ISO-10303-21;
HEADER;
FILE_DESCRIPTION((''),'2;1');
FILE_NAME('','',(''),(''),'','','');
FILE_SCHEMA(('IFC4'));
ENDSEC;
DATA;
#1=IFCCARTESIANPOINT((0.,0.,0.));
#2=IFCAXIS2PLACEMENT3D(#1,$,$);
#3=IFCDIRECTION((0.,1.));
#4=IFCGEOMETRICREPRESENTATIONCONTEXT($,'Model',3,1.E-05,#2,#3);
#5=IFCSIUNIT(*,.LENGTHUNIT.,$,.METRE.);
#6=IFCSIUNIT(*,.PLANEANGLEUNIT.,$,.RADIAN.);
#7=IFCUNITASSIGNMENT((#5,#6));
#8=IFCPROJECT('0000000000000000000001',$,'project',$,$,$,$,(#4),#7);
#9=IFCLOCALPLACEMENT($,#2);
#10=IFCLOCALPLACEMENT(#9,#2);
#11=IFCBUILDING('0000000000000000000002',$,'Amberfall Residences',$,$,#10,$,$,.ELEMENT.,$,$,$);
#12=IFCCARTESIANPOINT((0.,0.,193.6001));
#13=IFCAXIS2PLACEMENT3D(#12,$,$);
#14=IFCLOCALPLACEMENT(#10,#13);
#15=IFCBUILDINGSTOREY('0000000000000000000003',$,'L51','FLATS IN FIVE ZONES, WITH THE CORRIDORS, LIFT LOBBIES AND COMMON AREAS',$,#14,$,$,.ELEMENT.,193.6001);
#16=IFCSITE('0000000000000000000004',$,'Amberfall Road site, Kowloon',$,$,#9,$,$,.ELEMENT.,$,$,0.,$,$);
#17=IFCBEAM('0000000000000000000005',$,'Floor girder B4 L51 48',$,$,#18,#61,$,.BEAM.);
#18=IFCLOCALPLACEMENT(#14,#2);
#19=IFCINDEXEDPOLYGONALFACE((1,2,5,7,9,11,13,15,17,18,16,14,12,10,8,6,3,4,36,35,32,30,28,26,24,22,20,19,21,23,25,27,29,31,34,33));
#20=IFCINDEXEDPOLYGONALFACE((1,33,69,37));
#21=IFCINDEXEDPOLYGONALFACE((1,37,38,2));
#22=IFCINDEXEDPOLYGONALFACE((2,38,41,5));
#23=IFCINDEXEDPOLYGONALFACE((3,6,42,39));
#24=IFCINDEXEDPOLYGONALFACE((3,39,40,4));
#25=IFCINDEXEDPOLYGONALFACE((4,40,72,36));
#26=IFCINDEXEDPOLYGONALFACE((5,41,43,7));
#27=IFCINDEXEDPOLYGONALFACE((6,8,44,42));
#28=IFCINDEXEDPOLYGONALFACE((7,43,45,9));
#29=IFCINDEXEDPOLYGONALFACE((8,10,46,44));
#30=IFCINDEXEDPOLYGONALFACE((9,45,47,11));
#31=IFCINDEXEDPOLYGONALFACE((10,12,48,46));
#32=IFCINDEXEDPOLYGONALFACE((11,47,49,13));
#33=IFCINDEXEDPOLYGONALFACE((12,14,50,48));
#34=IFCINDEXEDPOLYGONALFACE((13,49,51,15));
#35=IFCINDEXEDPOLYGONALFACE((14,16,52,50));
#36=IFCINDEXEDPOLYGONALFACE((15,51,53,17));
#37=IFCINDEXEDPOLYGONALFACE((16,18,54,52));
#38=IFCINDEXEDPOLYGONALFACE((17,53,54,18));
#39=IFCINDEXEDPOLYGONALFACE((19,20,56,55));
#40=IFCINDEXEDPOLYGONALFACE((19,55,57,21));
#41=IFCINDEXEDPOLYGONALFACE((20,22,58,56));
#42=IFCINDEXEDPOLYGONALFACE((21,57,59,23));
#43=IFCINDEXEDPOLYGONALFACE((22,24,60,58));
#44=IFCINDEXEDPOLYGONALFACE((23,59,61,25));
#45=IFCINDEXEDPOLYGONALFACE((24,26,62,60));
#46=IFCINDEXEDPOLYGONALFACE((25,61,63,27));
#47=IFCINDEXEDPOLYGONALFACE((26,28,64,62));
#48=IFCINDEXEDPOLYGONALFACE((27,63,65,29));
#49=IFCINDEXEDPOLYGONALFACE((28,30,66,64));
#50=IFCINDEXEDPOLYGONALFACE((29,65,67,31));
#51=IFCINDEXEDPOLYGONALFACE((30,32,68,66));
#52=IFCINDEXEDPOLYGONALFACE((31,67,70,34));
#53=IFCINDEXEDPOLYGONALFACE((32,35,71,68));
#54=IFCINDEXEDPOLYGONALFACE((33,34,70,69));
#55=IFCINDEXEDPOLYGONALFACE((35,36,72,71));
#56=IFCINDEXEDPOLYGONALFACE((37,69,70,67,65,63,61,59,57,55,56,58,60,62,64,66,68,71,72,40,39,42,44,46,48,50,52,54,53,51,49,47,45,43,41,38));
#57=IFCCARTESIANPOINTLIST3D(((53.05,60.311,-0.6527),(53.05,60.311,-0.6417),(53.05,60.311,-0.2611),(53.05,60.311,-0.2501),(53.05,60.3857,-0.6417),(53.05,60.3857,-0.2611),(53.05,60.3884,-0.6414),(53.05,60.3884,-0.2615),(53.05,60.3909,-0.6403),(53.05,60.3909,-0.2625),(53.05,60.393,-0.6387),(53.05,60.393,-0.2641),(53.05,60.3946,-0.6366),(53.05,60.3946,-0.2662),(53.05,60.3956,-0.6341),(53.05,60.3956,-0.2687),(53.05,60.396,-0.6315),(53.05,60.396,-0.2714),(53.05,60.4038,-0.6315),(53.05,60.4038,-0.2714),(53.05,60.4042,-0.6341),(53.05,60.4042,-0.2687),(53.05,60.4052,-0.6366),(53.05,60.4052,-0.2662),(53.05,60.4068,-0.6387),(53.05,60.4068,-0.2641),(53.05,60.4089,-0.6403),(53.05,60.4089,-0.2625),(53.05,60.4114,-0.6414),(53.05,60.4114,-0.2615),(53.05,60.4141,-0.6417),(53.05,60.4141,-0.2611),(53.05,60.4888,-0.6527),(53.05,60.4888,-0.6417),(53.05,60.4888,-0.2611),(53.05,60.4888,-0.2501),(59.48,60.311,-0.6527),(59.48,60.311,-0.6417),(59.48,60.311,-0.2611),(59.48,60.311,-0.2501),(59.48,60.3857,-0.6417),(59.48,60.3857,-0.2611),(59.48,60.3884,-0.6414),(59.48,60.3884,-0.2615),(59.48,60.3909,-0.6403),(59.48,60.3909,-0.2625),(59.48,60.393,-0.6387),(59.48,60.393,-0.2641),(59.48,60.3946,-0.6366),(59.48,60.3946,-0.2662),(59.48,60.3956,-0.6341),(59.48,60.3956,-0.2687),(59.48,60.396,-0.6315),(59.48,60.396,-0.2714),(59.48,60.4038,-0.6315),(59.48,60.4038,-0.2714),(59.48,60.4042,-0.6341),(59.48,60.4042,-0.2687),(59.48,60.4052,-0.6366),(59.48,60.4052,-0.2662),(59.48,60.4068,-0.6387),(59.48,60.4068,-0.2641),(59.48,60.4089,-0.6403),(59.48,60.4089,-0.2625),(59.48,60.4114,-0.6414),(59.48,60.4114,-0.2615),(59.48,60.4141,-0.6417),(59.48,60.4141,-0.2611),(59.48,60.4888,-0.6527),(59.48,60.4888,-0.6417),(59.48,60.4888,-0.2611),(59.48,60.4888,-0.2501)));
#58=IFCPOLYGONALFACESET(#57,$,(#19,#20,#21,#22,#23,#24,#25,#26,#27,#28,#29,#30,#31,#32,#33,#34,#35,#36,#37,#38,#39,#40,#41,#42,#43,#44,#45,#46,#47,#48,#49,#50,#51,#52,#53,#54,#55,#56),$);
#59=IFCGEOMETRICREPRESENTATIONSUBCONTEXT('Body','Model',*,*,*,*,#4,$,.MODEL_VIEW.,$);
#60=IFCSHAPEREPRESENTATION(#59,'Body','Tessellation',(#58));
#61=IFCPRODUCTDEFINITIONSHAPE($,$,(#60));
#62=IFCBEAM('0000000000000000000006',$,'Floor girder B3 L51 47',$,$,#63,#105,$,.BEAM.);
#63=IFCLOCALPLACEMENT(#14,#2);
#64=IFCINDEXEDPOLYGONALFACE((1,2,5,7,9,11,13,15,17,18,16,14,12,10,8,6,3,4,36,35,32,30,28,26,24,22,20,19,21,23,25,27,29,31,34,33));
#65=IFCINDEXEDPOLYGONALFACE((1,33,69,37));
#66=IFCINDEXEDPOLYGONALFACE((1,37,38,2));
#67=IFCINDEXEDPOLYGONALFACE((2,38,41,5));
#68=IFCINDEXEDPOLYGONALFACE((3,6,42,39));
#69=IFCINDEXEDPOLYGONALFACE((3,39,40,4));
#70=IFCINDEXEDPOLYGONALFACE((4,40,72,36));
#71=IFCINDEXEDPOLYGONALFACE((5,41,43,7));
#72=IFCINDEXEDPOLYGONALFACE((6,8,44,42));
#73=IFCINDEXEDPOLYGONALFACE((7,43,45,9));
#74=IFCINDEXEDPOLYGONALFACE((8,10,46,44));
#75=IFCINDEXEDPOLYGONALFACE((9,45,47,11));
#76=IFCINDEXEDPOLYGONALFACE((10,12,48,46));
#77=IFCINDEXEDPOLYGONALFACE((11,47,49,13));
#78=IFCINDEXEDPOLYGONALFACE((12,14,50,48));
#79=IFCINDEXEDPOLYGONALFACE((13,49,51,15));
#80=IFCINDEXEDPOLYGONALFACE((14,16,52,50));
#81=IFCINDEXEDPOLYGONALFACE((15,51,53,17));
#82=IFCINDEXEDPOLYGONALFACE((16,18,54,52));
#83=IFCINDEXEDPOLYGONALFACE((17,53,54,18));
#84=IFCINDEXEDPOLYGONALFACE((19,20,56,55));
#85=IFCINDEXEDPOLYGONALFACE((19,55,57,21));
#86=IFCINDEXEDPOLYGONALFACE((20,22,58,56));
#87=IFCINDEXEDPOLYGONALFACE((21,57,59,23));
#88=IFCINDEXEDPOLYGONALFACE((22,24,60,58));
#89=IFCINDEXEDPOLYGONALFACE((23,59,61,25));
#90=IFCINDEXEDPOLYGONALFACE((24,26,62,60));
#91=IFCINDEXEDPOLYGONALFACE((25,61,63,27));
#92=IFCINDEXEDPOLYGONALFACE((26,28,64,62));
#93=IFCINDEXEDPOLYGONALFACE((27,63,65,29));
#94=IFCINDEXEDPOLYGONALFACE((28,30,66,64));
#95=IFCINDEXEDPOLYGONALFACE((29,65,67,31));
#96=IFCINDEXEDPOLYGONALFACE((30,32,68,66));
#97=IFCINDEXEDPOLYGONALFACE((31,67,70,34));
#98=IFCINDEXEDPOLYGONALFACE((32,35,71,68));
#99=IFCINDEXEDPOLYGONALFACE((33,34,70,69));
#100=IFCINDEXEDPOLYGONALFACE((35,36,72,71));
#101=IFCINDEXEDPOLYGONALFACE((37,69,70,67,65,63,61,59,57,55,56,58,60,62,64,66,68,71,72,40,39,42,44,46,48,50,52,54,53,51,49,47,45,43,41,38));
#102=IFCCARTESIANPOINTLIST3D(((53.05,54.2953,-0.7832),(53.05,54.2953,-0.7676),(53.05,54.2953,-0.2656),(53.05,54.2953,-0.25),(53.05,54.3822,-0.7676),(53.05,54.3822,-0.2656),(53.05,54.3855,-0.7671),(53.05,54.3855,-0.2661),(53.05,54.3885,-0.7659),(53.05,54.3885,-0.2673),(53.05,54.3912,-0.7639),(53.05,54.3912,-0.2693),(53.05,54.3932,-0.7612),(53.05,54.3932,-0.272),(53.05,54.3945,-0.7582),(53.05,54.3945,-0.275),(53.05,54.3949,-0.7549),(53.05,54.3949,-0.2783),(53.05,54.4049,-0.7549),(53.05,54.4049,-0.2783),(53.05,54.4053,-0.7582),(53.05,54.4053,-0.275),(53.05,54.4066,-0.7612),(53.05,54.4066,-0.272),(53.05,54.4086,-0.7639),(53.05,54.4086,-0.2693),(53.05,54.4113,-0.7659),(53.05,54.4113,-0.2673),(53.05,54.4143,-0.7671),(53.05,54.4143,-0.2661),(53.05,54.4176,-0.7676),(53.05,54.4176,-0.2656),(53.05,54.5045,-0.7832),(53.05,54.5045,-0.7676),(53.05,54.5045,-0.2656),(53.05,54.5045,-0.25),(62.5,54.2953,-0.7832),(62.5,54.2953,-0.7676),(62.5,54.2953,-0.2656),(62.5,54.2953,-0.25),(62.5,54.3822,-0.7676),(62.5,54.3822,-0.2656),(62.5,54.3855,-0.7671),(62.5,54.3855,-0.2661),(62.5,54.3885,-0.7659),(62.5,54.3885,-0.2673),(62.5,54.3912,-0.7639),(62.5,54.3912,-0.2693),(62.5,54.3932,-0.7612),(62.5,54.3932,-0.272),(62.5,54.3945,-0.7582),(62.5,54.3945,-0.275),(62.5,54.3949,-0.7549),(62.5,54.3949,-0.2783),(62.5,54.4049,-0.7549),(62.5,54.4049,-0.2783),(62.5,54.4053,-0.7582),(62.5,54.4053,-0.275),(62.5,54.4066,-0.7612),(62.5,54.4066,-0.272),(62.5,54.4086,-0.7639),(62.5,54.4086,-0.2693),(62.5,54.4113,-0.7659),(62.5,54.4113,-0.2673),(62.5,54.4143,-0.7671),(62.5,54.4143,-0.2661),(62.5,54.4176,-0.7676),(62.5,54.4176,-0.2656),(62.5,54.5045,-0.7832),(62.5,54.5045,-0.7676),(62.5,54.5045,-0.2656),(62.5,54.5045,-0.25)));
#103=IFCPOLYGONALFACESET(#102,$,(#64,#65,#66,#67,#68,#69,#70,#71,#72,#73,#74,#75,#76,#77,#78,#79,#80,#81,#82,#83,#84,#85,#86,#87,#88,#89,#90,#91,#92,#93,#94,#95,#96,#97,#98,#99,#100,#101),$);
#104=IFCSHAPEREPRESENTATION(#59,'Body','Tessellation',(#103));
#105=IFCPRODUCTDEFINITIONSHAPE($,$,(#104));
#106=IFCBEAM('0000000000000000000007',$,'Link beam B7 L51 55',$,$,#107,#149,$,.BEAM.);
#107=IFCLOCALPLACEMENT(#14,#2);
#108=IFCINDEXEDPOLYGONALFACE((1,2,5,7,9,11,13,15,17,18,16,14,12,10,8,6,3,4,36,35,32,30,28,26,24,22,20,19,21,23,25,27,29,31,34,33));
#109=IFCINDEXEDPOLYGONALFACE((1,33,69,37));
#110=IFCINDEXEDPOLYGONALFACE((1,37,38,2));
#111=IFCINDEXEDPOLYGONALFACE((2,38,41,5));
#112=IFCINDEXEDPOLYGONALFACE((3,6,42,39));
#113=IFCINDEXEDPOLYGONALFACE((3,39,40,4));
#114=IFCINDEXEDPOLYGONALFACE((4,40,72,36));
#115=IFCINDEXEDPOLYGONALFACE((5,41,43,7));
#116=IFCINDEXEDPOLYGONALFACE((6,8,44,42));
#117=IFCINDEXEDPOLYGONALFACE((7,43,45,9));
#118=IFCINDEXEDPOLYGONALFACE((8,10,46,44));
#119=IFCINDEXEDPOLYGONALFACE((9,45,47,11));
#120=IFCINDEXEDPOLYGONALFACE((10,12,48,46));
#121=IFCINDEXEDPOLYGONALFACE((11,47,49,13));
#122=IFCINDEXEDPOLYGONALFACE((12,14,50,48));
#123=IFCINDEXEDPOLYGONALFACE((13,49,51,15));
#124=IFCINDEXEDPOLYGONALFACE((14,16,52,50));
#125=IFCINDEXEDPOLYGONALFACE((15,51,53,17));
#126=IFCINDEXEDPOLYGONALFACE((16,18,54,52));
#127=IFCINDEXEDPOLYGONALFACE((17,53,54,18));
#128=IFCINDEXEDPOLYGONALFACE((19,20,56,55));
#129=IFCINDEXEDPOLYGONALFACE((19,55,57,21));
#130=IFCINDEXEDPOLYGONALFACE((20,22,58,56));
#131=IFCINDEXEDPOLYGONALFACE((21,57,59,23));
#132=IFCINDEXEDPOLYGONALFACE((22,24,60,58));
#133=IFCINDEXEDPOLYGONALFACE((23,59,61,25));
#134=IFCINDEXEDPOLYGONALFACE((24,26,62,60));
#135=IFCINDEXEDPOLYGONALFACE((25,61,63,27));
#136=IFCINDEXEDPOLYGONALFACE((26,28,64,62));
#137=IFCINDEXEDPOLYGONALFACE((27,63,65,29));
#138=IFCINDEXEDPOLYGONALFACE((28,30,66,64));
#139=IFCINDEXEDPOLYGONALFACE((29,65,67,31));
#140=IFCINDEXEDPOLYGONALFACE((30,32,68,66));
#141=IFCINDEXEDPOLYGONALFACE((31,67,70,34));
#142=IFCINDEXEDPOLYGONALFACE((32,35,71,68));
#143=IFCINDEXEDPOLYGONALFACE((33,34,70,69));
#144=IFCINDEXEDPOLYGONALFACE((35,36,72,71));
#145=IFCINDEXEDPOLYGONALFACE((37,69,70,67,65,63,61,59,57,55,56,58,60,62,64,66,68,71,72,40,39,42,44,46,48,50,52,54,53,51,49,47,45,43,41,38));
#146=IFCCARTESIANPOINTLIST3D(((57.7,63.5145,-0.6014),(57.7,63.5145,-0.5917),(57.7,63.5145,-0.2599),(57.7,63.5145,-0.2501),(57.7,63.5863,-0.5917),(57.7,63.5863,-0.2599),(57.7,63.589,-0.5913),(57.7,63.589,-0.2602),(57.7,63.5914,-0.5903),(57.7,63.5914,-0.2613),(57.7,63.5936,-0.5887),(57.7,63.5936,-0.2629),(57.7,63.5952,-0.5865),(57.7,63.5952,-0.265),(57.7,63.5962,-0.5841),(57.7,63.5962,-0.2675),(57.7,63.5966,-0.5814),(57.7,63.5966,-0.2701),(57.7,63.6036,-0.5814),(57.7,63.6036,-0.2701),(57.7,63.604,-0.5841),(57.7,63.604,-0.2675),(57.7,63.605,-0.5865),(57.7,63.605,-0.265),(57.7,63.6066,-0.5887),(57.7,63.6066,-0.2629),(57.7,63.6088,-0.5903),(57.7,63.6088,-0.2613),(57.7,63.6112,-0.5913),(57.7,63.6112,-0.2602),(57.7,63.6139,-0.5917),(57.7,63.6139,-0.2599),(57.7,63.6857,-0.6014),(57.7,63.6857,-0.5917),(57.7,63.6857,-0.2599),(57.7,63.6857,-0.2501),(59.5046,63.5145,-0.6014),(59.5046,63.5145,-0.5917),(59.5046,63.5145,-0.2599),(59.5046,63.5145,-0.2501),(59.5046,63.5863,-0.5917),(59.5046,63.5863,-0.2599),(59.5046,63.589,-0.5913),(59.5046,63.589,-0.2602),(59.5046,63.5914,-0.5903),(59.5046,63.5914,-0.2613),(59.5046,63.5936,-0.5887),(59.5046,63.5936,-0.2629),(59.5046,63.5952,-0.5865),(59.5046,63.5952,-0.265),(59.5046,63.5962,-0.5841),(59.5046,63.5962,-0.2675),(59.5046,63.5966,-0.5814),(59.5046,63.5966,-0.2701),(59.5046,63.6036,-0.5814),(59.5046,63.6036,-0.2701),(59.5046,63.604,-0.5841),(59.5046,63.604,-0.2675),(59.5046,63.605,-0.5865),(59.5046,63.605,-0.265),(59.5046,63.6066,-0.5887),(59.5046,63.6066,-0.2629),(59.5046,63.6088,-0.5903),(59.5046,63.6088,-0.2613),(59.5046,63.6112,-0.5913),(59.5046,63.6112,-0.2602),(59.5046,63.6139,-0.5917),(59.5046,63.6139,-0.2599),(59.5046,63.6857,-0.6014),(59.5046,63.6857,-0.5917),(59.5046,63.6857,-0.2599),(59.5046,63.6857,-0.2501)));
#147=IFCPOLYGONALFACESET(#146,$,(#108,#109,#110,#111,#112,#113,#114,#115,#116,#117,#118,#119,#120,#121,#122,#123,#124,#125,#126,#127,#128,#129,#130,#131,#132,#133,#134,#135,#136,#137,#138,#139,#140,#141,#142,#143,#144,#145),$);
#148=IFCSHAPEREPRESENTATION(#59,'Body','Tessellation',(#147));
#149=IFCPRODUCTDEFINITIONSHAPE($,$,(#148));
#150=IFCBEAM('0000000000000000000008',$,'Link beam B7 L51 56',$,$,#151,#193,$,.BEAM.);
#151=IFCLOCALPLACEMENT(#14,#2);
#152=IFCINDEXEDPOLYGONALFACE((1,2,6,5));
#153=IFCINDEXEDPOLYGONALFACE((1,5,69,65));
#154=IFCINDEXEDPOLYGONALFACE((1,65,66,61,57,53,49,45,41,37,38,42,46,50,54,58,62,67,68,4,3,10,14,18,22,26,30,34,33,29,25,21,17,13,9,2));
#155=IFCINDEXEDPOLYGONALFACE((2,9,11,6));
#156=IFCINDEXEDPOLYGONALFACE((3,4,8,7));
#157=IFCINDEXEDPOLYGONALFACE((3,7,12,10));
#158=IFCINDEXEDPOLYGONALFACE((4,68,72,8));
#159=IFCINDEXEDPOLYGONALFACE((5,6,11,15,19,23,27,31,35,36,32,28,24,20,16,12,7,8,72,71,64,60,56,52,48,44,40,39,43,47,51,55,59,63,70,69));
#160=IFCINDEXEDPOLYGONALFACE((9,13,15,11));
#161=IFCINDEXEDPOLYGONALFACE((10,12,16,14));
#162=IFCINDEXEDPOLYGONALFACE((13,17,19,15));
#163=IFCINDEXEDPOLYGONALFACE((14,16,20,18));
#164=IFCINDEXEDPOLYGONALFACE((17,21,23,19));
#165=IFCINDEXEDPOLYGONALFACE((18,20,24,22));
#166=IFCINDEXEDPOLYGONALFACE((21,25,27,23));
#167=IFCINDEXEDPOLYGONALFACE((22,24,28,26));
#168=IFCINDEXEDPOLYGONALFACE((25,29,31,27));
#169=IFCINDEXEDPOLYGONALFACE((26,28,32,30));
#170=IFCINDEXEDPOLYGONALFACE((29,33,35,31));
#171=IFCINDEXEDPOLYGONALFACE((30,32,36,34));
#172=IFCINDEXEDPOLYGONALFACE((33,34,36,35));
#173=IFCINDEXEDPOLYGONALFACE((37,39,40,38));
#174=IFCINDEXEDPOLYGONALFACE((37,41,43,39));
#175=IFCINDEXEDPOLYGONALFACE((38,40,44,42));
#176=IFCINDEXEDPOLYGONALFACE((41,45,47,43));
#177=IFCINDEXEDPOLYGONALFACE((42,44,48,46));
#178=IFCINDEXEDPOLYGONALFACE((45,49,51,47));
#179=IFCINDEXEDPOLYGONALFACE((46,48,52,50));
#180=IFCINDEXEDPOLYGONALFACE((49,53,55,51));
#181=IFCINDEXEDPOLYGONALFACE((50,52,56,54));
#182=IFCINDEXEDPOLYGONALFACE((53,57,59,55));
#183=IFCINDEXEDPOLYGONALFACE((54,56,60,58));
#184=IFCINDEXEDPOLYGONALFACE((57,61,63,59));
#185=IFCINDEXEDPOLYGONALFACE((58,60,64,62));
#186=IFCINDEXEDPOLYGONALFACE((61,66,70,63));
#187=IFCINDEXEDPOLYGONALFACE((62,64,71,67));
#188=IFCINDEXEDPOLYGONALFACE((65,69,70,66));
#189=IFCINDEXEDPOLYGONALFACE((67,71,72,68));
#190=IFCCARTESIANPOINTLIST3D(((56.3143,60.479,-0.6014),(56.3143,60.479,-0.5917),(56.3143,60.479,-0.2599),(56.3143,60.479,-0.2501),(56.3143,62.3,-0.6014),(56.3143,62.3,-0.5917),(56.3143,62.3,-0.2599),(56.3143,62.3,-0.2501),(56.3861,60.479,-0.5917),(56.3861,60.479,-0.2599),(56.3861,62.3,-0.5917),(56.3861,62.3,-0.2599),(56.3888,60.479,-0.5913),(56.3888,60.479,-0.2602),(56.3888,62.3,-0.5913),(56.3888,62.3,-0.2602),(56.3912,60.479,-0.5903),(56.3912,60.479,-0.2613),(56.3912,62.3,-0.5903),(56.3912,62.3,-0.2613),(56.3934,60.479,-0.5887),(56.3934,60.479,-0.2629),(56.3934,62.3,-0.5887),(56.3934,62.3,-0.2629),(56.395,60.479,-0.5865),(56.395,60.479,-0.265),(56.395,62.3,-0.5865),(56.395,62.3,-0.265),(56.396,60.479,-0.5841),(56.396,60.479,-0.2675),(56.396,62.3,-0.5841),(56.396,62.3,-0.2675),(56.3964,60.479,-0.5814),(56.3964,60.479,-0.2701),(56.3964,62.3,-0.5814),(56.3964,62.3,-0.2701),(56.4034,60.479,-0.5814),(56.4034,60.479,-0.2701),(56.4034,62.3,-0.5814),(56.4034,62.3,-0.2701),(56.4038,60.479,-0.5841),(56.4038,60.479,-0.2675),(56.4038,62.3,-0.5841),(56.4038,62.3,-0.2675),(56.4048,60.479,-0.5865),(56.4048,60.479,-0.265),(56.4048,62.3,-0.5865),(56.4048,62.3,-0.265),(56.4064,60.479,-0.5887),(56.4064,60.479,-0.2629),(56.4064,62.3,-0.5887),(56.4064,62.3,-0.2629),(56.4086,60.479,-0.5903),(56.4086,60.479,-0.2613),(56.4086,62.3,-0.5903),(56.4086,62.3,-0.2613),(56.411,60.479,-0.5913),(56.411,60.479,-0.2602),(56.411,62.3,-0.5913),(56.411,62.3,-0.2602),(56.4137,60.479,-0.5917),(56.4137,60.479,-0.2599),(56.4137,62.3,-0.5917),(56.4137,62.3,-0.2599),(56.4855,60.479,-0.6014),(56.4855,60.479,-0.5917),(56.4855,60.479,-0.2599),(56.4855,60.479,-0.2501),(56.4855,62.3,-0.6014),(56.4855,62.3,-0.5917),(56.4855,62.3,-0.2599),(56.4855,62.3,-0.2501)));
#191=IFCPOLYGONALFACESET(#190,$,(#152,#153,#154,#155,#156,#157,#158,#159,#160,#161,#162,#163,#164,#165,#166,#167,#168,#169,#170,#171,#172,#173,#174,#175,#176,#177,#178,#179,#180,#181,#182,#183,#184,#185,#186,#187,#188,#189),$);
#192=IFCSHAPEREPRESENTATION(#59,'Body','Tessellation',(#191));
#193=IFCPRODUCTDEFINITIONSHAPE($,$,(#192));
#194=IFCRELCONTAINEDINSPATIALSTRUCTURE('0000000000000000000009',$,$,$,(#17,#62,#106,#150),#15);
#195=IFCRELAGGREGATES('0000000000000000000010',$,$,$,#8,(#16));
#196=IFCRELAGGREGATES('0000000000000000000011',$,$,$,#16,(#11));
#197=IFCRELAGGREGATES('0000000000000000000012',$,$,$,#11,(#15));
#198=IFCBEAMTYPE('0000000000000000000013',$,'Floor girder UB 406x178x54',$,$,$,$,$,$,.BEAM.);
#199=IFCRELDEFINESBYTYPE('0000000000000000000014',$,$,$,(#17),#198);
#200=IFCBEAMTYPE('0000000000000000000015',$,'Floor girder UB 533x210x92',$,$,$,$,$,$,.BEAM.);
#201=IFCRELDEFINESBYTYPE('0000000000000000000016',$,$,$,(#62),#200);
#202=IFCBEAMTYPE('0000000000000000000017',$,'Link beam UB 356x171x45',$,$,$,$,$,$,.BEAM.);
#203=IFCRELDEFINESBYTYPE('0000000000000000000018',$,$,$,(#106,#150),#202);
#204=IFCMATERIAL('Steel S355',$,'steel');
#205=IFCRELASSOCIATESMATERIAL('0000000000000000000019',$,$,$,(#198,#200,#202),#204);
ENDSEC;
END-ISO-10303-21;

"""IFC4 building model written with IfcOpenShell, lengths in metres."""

from ifc_helpers import new_model, si_unit, direction, frame, origin, origin_2d, place, context, subcontext, project, spatial, i_section, extrude, material, material_profile, profile_set, type_object, element, save


model = new_model("IFC4")

# Units and contexts
model_context = context("Model", 3, precision=1e-05, world=origin(), true_north=direction((0.0, 1.0)))
body_context = subcontext(model_context, "Body", "Model", "MODEL_VIEW")
ifc_project = project(units=[si_unit("LENGTHUNIT", "METRE"), si_unit("PLANEANGLEUNIT", "RADIAN")], contexts=[model_context])

# Site, building, storey
site_placement = place(None, origin())
site = spatial("IfcSite", under=ifc_project, at=site_placement, Name="Amberfall Road site, Kowloon", CompositionType="ELEMENT", RefElevation=0.0)
building_placement = place(site_placement, origin())
building = spatial("IfcBuilding", under=site, at=building_placement, Name="Amberfall Residences", CompositionType="ELEMENT")
storey_placement = place(building_placement, frame((0.0, 0.0, 193.6001)))
storey = spatial("IfcBuildingStorey", under=building, at=storey_placement, Name="L51", Description="FLATS IN FIVE ZONES, WITH THE CORRIDORS, LIFT LOBBIES AND COMMON AREAS", CompositionType="ELEMENT", Elevation=193.6001)

# Shared definitions
ifc_material_1 = material(Name="Steel S355", Category="steel")

# Beams
ifc_material_profile_1 = material_profile(ifc_material_1, i_section(OverallWidth=0.1777, OverallDepth=0.4026, WebThickness=0.0078, FlangeThickness=0.011, FilletRadius=0.0103, at=origin_2d()), Name="UB 406x178x54")
ifc_profile_set_1 = profile_set([ifc_material_profile_1], Name="Steel S355")
beam_type_1 = type_object("IfcBeamType", Name="Floor girder UB 406x178x54", PredefinedType="BEAM", material=ifc_profile_set_1)
beam_1_placement = place(storey_placement, frame((53.05, 60.3999, -0.4514), z_axis=(1.0, 0.0, 0.0), x_axis=(0.0, 1.0, 0.0)))
element("IfcBeam", 1, at=beam_1_placement, inside=storey, type_object=beam_type_1, Name="Floor girder B4 L51 48", PredefinedType="BEAM", context=body_context, shape_type="SweptSolid", body=[
    extrude(i_section(OverallWidth=0.1777, OverallDepth=0.4026, WebThickness=0.0078, FlangeThickness=0.011, FilletRadius=0.0103, at=origin_2d()), origin(), (0.0, 0.0, 1.0), 6.4299),
])
ifc_material_profile_2 = material_profile(ifc_material_1, i_section(OverallWidth=0.2092, OverallDepth=0.5332, WebThickness=0.01, FlangeThickness=0.0156, FilletRadius=0.0127, at=origin_2d()), Name="UB 533x210x92")
ifc_profile_set_2 = profile_set([ifc_material_profile_2], Name="Steel S355")
beam_type_2 = type_object("IfcBeamType", Name="Floor girder UB 533x210x92", PredefinedType="BEAM", material=ifc_profile_set_2)
beam_2_placement = place(storey_placement, frame((53.05, 54.3999, -0.5166), z_axis=(1.0, 0.0, 0.0), x_axis=(0.0, 1.0, 0.0)))
element("IfcBeam", 2, at=beam_2_placement, inside=storey, type_object=beam_type_2, Name="Floor girder B3 L51 47", PredefinedType="BEAM", context=body_context, shape_type="SweptSolid", body=[
    extrude(i_section(OverallWidth=0.2092, OverallDepth=0.5332, WebThickness=0.01, FlangeThickness=0.0156, FilletRadius=0.0127, at=origin_2d()), origin(), (0.0, 0.0, 1.0), 9.45),
])
ifc_material_profile_3 = material_profile(ifc_material_1, i_section(OverallWidth=0.1711, OverallDepth=0.3513, WebThickness=0.0071, FlangeThickness=0.0098, FilletRadius=0.0103, at=origin_2d()), Name="UB 356x171x45")
ifc_profile_set_3 = profile_set([ifc_material_profile_3], Name="Steel S355")
beam_type_3 = type_object("IfcBeamType", Name="Link beam UB 356x171x45", PredefinedType="BEAM", material=ifc_profile_set_3)
beam_3_placement = place(storey_placement, frame((57.7, 63.6001, -0.4258), z_axis=(1.0, 0.0, 0.0), x_axis=(0.0, 1.0, 0.0)))
element("IfcBeam", 3, at=beam_3_placement, inside=storey, type_object=beam_type_3, Name="Link beam B7 L51 55", PredefinedType="BEAM", context=body_context, shape_type="SweptSolid", body=[
    extrude(i_section(OverallWidth=0.1711, OverallDepth=0.3513, WebThickness=0.0071, FlangeThickness=0.0098, FilletRadius=0.0103, at=origin_2d()), origin(), (0.0, 0.0, 1.0), 1.8047),
])
beam_4_placement = place(storey_placement, frame((56.3999, 62.3, -0.4258), z_axis=(0.0, -1.0, 0.0), x_axis=(1.0, 0.0, 0.0)))
element("IfcBeam", 4, at=beam_4_placement, inside=storey, type_object=beam_type_3, Name="Link beam B7 L51 56", PredefinedType="BEAM", context=body_context, shape_type="SweptSolid", body=[
    extrude(i_section(OverallWidth=0.1711, OverallDepth=0.3513, WebThickness=0.0071, FlangeThickness=0.0098, FilletRadius=0.0103, at=origin_2d()), origin(), (0.0, 0.0, 1.0), 1.821),
])

save(model, "model.ifc")
